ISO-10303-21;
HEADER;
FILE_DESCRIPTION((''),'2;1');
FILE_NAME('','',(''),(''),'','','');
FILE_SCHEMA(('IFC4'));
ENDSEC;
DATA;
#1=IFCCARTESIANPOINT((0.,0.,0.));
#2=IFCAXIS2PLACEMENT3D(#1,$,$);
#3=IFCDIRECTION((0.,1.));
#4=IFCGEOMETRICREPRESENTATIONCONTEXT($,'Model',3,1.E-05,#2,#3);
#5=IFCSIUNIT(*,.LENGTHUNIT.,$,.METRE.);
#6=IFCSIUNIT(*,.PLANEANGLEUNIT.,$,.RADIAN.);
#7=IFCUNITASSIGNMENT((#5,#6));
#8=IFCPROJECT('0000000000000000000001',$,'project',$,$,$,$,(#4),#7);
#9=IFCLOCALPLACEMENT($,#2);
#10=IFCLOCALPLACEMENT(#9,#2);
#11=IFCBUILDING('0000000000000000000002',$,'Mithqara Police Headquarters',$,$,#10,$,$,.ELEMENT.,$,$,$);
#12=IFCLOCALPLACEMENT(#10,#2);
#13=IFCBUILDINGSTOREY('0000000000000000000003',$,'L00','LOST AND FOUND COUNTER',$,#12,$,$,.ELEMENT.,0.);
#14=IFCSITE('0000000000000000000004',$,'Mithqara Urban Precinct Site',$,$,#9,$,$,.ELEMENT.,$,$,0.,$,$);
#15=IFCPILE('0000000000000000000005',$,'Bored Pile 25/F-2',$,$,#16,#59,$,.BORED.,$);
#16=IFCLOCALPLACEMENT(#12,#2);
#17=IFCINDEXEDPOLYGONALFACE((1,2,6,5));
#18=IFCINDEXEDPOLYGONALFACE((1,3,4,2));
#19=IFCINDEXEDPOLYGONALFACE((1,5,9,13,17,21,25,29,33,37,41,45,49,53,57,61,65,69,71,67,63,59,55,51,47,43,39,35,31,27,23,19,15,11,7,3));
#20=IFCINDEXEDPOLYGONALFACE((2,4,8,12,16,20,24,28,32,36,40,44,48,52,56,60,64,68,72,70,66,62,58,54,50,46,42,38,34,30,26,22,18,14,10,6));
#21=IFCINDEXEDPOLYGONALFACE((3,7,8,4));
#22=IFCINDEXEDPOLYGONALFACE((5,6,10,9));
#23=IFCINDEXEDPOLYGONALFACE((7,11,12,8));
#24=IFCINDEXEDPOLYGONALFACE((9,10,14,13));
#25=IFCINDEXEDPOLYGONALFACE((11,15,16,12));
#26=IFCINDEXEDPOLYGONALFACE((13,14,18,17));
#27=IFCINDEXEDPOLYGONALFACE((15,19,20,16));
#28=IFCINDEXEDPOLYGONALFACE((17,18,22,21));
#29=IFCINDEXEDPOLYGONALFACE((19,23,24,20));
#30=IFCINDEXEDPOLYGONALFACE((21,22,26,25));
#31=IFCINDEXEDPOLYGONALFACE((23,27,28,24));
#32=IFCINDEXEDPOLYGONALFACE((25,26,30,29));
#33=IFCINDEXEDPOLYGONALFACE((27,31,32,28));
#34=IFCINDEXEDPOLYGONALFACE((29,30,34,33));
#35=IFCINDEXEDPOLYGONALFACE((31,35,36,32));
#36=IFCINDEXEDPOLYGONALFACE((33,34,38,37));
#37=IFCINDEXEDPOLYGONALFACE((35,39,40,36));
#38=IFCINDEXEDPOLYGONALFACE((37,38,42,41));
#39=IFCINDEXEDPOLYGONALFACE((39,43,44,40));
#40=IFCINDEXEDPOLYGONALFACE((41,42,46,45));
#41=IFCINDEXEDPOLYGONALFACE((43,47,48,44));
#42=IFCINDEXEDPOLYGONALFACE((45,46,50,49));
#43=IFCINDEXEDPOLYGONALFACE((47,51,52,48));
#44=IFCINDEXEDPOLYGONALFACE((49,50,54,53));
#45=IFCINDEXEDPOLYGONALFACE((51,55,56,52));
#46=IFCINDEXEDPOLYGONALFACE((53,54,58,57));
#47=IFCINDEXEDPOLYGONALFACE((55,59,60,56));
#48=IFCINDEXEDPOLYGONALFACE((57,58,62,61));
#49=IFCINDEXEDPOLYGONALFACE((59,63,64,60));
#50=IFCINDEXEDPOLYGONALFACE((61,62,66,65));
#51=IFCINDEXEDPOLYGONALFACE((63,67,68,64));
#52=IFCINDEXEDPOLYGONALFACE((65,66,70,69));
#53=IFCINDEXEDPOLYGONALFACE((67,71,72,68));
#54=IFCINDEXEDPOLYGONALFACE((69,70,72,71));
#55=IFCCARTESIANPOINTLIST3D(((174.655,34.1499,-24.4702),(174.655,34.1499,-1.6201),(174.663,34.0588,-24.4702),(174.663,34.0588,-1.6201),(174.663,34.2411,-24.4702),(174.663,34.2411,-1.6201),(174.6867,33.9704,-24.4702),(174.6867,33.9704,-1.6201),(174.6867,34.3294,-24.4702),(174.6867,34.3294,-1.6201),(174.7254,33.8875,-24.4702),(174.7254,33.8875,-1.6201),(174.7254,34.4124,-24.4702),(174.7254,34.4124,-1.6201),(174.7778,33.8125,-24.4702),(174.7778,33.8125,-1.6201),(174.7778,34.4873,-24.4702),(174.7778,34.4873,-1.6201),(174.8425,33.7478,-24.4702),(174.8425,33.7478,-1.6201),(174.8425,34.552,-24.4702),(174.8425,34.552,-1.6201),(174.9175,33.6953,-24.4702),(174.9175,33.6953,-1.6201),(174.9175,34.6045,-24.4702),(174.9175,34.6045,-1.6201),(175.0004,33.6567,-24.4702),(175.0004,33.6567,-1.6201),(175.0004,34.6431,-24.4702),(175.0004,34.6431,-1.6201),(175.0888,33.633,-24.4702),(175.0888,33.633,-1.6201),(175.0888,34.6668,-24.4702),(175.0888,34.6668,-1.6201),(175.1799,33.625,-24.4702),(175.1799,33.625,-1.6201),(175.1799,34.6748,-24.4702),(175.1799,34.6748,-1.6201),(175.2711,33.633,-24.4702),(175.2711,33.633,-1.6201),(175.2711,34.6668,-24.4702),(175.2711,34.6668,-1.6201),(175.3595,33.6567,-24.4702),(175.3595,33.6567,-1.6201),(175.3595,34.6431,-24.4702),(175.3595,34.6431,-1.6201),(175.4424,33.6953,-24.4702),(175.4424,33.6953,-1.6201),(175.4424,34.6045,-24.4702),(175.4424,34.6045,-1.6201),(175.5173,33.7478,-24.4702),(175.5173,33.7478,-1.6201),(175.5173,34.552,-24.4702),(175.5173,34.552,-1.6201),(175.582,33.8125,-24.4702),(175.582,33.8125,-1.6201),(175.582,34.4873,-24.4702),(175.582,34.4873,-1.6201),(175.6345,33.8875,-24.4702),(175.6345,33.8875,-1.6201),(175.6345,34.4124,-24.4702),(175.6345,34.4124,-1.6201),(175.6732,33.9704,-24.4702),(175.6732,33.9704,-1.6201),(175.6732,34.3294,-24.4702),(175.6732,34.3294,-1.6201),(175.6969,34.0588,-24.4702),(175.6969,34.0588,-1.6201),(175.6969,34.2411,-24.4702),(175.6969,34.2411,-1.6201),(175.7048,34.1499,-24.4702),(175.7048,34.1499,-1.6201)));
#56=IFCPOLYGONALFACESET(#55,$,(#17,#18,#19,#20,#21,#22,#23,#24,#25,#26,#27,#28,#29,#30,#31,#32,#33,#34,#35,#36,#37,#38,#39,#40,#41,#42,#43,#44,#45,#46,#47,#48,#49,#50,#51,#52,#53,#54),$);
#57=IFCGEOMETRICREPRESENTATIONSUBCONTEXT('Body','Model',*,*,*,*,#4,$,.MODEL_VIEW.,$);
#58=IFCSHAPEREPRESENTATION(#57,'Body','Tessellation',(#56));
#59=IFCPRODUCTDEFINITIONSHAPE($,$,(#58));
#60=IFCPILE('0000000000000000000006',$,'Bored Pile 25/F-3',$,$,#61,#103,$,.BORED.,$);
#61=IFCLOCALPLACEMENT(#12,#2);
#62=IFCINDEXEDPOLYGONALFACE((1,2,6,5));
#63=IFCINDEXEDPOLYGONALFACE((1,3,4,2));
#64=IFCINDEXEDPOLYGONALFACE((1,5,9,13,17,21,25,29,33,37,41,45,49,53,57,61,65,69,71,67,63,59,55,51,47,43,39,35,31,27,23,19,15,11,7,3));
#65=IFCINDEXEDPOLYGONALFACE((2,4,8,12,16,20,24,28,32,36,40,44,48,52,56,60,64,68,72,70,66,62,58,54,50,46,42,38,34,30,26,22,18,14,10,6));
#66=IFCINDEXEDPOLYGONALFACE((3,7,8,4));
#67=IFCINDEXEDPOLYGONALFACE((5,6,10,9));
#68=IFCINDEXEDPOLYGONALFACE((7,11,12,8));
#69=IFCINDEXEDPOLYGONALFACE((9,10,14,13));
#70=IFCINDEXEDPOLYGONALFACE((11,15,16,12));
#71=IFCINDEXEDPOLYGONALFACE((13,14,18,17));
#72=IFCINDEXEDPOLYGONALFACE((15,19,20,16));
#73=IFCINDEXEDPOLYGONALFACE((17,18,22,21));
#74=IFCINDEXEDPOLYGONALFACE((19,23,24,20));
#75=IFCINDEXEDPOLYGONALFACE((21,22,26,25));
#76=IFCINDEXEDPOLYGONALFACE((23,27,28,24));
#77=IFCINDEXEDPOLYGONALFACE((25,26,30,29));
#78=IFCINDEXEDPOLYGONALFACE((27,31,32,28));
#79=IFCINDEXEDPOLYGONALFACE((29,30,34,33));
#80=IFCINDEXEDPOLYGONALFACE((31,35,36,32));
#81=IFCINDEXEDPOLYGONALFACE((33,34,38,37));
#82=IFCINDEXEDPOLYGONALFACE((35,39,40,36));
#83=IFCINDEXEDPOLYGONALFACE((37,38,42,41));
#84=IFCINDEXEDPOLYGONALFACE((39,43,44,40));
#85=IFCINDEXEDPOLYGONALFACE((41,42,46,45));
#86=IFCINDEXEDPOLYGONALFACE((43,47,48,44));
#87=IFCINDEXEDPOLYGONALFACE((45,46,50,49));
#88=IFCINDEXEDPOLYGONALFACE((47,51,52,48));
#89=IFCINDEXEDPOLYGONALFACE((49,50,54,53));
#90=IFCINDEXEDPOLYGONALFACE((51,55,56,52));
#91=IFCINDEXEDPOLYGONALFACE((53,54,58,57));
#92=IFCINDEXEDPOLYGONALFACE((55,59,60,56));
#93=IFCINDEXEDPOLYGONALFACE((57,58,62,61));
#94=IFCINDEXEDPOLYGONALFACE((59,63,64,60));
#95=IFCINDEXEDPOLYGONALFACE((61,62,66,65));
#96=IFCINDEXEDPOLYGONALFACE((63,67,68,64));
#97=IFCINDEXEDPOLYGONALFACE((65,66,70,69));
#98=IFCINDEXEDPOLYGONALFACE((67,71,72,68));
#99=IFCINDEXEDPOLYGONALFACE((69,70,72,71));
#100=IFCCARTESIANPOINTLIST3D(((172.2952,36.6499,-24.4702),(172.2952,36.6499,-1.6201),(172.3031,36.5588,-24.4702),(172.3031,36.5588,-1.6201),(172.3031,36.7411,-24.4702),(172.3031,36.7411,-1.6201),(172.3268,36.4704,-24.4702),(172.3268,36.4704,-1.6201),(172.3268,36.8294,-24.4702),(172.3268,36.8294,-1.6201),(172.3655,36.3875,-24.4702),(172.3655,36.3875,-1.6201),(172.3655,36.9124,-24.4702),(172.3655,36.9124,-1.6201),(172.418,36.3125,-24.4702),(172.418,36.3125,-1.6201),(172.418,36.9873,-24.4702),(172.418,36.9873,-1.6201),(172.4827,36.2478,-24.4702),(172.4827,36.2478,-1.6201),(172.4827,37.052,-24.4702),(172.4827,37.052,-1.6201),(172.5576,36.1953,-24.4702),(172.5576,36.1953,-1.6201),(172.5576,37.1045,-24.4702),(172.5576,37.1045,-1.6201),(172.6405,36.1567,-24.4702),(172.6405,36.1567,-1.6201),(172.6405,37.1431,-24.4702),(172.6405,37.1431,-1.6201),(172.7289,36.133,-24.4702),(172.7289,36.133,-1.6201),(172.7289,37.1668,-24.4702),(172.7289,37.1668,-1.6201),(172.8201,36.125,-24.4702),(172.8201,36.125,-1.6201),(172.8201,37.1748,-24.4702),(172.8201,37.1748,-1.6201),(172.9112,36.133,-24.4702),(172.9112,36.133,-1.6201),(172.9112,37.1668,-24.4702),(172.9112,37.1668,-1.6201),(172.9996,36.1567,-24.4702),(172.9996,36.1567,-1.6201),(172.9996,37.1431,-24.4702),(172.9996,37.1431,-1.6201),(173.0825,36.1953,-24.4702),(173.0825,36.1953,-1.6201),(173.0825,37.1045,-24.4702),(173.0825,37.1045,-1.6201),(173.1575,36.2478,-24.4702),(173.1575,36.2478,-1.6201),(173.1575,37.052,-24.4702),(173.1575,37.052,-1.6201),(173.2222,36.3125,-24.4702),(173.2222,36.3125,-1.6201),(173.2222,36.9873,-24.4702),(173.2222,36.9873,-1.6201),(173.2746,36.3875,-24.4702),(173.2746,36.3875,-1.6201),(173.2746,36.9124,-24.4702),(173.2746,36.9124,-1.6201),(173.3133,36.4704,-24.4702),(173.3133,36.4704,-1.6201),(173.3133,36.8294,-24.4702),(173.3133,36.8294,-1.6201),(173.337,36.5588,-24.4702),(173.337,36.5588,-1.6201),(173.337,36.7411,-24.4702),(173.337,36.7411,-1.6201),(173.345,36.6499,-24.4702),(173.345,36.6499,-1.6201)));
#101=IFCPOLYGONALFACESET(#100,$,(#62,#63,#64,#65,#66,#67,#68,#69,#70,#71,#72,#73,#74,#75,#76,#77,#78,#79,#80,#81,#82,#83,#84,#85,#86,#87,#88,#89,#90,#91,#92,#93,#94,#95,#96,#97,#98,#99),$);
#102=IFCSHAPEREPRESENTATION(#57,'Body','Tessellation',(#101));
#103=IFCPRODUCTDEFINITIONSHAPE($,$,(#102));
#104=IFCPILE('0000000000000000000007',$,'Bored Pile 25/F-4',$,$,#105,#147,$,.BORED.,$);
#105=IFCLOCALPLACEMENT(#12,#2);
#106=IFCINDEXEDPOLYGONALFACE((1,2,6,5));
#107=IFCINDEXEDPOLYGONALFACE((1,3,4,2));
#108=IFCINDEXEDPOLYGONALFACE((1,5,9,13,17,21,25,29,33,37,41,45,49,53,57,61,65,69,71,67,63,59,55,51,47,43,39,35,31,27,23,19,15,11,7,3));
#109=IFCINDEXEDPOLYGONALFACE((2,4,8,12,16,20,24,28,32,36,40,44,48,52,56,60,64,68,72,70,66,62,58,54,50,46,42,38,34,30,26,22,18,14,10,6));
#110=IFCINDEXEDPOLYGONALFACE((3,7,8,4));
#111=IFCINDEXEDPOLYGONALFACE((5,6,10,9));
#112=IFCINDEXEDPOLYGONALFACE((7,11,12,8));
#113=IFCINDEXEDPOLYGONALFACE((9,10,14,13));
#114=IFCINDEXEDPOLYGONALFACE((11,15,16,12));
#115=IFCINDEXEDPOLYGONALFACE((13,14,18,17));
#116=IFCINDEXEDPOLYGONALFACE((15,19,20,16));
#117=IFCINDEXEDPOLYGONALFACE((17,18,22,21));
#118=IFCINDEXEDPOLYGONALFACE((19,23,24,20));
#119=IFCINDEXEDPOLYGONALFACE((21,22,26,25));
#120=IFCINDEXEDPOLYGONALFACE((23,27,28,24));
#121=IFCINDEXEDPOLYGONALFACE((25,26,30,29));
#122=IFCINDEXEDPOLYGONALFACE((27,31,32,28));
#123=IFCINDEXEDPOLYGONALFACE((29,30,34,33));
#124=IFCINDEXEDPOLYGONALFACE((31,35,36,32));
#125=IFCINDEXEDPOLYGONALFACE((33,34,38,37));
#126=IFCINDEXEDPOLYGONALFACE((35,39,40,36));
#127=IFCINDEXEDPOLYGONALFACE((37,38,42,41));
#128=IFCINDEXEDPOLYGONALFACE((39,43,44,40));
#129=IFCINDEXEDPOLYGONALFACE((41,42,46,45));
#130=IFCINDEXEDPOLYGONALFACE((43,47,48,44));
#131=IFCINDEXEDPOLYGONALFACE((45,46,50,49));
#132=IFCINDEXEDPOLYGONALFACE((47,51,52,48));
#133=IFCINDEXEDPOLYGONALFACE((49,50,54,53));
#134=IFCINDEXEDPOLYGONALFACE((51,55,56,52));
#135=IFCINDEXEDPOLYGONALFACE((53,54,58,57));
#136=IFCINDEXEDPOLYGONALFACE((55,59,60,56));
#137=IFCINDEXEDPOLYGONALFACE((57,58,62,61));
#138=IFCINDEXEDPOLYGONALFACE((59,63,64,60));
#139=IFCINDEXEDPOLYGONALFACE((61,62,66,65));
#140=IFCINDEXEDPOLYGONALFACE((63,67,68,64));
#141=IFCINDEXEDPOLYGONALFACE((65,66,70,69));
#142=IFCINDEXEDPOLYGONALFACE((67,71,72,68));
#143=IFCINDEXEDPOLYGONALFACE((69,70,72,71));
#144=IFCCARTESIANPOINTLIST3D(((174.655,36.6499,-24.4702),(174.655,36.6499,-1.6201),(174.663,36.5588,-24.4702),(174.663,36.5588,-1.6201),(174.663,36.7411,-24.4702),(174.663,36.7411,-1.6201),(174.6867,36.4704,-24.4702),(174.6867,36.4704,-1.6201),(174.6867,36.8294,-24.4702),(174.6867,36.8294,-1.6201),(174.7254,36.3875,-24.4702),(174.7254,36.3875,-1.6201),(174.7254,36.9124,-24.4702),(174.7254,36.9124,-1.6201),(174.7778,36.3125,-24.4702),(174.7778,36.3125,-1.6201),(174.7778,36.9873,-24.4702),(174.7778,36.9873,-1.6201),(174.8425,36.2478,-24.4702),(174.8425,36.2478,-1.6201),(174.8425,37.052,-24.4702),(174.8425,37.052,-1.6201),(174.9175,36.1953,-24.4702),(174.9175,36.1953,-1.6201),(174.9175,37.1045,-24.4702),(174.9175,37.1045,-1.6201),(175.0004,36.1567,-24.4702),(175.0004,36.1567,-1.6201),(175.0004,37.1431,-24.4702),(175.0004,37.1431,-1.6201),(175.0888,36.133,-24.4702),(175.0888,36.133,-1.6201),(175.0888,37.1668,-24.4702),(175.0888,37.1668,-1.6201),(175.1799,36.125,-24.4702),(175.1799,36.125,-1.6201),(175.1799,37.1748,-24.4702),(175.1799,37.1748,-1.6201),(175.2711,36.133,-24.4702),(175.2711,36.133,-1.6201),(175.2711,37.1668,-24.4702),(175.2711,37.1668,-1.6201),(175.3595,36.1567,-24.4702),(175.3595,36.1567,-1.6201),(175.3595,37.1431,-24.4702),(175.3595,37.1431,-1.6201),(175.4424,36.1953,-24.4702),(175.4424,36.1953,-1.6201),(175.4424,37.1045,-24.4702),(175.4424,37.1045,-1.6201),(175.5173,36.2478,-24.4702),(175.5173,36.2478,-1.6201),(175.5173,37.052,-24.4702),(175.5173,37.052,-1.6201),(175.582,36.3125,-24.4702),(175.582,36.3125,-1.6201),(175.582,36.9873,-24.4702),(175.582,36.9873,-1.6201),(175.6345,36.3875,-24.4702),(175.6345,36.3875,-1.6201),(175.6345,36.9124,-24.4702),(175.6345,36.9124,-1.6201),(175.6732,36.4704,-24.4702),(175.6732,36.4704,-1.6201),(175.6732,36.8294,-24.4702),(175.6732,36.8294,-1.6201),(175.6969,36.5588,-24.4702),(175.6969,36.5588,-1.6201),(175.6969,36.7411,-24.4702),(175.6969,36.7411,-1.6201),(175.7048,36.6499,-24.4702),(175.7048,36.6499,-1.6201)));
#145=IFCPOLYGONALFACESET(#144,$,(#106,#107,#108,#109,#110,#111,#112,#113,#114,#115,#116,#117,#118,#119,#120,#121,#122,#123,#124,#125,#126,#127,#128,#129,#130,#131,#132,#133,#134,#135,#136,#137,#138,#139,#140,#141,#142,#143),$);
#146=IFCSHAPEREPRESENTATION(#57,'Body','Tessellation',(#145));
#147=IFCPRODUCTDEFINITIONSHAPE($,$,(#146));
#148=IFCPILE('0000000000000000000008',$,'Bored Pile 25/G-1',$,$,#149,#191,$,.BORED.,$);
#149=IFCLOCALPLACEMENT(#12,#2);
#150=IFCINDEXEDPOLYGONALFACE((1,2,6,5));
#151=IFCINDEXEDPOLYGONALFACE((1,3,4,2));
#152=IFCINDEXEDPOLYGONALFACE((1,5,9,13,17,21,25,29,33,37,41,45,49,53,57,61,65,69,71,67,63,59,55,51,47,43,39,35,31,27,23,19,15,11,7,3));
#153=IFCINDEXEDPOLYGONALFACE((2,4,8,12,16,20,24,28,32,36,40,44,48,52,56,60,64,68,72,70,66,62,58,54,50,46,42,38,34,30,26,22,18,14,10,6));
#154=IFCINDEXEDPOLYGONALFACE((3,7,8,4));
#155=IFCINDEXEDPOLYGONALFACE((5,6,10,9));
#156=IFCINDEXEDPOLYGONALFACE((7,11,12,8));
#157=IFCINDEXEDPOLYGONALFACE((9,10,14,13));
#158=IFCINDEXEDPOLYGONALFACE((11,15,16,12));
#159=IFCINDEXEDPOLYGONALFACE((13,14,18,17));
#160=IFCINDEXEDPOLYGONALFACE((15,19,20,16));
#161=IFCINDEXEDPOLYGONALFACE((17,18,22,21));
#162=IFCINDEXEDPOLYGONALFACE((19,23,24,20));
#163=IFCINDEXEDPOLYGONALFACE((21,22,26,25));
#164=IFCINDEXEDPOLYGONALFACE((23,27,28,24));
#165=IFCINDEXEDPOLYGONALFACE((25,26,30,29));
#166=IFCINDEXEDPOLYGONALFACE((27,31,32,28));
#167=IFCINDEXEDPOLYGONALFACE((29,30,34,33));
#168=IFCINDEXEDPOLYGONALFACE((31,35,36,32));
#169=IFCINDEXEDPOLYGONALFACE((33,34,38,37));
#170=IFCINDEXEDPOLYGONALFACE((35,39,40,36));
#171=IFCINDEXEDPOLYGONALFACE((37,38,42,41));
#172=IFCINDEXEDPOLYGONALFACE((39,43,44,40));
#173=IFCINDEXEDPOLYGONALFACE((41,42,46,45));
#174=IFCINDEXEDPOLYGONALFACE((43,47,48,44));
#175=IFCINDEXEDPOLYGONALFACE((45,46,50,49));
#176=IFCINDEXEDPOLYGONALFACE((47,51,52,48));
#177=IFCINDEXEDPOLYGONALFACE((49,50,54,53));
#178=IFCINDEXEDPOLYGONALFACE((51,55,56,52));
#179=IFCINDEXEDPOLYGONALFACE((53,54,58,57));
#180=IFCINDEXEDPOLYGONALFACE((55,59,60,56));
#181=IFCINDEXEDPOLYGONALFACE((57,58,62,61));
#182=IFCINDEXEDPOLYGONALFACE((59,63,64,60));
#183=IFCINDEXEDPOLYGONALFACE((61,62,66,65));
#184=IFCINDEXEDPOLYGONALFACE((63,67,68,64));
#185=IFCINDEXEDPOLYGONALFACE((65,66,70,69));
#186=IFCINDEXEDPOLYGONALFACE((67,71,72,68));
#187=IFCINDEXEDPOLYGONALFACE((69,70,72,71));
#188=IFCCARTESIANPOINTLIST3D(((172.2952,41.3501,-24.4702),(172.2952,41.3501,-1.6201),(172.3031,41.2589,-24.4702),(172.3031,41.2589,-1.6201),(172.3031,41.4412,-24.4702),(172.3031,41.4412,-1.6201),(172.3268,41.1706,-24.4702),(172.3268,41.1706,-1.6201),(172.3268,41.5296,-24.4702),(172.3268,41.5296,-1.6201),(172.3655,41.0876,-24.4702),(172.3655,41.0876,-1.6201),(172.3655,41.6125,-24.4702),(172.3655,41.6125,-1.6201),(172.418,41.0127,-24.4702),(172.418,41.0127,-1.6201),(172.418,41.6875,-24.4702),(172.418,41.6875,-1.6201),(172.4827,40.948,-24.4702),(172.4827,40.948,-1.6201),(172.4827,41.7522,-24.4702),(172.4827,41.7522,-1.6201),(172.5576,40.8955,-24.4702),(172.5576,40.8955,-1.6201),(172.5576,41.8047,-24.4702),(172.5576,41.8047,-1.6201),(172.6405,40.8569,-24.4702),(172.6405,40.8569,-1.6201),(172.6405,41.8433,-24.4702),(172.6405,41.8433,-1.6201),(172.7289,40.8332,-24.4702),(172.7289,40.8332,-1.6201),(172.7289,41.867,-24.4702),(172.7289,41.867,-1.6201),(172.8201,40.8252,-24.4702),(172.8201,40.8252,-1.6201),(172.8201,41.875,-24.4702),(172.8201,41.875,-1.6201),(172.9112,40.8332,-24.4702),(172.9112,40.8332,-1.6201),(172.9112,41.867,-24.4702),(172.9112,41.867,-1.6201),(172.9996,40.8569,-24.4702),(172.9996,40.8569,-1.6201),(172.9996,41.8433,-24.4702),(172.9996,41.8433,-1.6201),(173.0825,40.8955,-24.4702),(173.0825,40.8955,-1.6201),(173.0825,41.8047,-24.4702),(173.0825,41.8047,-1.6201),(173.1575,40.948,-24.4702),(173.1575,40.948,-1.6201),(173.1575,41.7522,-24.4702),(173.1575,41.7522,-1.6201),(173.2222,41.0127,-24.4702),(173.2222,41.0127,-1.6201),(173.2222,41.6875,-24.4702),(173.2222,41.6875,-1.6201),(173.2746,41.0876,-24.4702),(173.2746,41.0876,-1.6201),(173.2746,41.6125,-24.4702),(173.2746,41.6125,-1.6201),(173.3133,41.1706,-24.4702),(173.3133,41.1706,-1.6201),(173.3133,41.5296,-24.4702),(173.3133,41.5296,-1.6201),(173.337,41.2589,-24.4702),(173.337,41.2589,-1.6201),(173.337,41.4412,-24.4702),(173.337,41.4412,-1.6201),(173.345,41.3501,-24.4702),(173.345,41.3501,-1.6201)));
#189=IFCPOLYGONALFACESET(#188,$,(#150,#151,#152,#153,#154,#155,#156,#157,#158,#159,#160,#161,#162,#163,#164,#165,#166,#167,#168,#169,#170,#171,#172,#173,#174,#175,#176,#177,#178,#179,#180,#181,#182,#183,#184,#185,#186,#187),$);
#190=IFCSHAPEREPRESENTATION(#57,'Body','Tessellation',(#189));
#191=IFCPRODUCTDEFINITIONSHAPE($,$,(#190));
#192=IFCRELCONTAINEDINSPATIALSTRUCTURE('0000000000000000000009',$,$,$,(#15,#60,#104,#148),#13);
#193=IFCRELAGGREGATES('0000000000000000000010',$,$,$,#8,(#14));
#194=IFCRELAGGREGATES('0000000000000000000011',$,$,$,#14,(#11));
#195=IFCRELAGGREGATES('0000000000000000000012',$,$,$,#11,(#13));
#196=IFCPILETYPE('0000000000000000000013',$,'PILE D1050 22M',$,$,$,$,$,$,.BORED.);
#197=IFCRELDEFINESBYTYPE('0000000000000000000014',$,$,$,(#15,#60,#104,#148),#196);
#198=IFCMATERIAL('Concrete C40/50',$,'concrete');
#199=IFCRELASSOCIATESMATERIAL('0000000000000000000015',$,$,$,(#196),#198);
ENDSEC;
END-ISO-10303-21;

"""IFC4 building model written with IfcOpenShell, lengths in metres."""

from ifc_helpers import new_model, si_unit, direction, frame, origin, origin_2d, place, context, subcontext, project, spatial, circle, extrude, material, material_profile, profile_set, type_object, element, save


model = new_model("IFC4")

# Units and contexts
model_context = context("Model", 3, precision=1e-05, world=origin(), true_north=direction((0.0, 1.0)))
body_context = subcontext(model_context, "Body", "Model", "MODEL_VIEW")
ifc_project = project(units=[si_unit("LENGTHUNIT", "METRE"), si_unit("PLANEANGLEUNIT", "RADIAN")], contexts=[model_context])

# Site, building, storey
site_placement = place(None, origin())
site = spatial("IfcSite", under=ifc_project, at=site_placement, Name="Mithqara Urban Precinct Site", CompositionType="ELEMENT", RefElevation=0.0)
building_placement = place(site_placement, origin())
building = spatial("IfcBuilding", under=site, at=building_placement, Name="Mithqara Police Headquarters", CompositionType="ELEMENT")
storey_placement = place(building_placement, origin())
storey = spatial("IfcBuildingStorey", under=building, at=storey_placement, Name="L00", Description="LOST AND FOUND COUNTER", CompositionType="ELEMENT", Elevation=0.0)

# Shared definitions
ifc_material_1 = material(Name="Concrete C40/50", Category="concrete")

# Piles
ifc_material_profile_1 = material_profile(ifc_material_1, circle(Radius=0.5249, at=origin_2d()), Name="PILE D1050")
ifc_profile_set_1 = profile_set([ifc_material_profile_1], Name="Concrete C40/50")
pile_type = type_object("IfcPileType", Name="PILE D1050 22M", PredefinedType="BORED", material=ifc_profile_set_1)
for number, where, z_axis, x_axis, name in (
    (1, (175.1799, 34.1499, -1.6201), (0.0, 0.0, -1.0), (1.0, 0.0, 0.0), "Bored Pile 25/F-2"),
    (2, (172.8201, 36.6499, -1.6201), (0.0, 0.0, -1.0), (1.0, 0.0, 0.0), "Bored Pile 25/F-3"),
    (3, (175.1799, 36.6499, -1.6201), (0.0, 0.0, -1.0), (1.0, 0.0, 0.0), "Bored Pile 25/F-4"),
    (4, (172.8201, 41.3501, -1.6201), (0.0, 0.0, -1.0), (1.0, 0.0, 0.0), "Bored Pile 25/G-1"),
):
    element("IfcPile", number, at=place(storey_placement, frame(where, z_axis=z_axis, x_axis=x_axis)), inside=storey, type_object=pile_type, Name=name, PredefinedType="BORED", context=body_context, shape_type="SweptSolid", body=[
        extrude(circle(Radius=0.5249, at=origin_2d()), origin(), (0.0, 0.0, 1.0), 22.8501),
    ])

save(model, "model.ifc")
